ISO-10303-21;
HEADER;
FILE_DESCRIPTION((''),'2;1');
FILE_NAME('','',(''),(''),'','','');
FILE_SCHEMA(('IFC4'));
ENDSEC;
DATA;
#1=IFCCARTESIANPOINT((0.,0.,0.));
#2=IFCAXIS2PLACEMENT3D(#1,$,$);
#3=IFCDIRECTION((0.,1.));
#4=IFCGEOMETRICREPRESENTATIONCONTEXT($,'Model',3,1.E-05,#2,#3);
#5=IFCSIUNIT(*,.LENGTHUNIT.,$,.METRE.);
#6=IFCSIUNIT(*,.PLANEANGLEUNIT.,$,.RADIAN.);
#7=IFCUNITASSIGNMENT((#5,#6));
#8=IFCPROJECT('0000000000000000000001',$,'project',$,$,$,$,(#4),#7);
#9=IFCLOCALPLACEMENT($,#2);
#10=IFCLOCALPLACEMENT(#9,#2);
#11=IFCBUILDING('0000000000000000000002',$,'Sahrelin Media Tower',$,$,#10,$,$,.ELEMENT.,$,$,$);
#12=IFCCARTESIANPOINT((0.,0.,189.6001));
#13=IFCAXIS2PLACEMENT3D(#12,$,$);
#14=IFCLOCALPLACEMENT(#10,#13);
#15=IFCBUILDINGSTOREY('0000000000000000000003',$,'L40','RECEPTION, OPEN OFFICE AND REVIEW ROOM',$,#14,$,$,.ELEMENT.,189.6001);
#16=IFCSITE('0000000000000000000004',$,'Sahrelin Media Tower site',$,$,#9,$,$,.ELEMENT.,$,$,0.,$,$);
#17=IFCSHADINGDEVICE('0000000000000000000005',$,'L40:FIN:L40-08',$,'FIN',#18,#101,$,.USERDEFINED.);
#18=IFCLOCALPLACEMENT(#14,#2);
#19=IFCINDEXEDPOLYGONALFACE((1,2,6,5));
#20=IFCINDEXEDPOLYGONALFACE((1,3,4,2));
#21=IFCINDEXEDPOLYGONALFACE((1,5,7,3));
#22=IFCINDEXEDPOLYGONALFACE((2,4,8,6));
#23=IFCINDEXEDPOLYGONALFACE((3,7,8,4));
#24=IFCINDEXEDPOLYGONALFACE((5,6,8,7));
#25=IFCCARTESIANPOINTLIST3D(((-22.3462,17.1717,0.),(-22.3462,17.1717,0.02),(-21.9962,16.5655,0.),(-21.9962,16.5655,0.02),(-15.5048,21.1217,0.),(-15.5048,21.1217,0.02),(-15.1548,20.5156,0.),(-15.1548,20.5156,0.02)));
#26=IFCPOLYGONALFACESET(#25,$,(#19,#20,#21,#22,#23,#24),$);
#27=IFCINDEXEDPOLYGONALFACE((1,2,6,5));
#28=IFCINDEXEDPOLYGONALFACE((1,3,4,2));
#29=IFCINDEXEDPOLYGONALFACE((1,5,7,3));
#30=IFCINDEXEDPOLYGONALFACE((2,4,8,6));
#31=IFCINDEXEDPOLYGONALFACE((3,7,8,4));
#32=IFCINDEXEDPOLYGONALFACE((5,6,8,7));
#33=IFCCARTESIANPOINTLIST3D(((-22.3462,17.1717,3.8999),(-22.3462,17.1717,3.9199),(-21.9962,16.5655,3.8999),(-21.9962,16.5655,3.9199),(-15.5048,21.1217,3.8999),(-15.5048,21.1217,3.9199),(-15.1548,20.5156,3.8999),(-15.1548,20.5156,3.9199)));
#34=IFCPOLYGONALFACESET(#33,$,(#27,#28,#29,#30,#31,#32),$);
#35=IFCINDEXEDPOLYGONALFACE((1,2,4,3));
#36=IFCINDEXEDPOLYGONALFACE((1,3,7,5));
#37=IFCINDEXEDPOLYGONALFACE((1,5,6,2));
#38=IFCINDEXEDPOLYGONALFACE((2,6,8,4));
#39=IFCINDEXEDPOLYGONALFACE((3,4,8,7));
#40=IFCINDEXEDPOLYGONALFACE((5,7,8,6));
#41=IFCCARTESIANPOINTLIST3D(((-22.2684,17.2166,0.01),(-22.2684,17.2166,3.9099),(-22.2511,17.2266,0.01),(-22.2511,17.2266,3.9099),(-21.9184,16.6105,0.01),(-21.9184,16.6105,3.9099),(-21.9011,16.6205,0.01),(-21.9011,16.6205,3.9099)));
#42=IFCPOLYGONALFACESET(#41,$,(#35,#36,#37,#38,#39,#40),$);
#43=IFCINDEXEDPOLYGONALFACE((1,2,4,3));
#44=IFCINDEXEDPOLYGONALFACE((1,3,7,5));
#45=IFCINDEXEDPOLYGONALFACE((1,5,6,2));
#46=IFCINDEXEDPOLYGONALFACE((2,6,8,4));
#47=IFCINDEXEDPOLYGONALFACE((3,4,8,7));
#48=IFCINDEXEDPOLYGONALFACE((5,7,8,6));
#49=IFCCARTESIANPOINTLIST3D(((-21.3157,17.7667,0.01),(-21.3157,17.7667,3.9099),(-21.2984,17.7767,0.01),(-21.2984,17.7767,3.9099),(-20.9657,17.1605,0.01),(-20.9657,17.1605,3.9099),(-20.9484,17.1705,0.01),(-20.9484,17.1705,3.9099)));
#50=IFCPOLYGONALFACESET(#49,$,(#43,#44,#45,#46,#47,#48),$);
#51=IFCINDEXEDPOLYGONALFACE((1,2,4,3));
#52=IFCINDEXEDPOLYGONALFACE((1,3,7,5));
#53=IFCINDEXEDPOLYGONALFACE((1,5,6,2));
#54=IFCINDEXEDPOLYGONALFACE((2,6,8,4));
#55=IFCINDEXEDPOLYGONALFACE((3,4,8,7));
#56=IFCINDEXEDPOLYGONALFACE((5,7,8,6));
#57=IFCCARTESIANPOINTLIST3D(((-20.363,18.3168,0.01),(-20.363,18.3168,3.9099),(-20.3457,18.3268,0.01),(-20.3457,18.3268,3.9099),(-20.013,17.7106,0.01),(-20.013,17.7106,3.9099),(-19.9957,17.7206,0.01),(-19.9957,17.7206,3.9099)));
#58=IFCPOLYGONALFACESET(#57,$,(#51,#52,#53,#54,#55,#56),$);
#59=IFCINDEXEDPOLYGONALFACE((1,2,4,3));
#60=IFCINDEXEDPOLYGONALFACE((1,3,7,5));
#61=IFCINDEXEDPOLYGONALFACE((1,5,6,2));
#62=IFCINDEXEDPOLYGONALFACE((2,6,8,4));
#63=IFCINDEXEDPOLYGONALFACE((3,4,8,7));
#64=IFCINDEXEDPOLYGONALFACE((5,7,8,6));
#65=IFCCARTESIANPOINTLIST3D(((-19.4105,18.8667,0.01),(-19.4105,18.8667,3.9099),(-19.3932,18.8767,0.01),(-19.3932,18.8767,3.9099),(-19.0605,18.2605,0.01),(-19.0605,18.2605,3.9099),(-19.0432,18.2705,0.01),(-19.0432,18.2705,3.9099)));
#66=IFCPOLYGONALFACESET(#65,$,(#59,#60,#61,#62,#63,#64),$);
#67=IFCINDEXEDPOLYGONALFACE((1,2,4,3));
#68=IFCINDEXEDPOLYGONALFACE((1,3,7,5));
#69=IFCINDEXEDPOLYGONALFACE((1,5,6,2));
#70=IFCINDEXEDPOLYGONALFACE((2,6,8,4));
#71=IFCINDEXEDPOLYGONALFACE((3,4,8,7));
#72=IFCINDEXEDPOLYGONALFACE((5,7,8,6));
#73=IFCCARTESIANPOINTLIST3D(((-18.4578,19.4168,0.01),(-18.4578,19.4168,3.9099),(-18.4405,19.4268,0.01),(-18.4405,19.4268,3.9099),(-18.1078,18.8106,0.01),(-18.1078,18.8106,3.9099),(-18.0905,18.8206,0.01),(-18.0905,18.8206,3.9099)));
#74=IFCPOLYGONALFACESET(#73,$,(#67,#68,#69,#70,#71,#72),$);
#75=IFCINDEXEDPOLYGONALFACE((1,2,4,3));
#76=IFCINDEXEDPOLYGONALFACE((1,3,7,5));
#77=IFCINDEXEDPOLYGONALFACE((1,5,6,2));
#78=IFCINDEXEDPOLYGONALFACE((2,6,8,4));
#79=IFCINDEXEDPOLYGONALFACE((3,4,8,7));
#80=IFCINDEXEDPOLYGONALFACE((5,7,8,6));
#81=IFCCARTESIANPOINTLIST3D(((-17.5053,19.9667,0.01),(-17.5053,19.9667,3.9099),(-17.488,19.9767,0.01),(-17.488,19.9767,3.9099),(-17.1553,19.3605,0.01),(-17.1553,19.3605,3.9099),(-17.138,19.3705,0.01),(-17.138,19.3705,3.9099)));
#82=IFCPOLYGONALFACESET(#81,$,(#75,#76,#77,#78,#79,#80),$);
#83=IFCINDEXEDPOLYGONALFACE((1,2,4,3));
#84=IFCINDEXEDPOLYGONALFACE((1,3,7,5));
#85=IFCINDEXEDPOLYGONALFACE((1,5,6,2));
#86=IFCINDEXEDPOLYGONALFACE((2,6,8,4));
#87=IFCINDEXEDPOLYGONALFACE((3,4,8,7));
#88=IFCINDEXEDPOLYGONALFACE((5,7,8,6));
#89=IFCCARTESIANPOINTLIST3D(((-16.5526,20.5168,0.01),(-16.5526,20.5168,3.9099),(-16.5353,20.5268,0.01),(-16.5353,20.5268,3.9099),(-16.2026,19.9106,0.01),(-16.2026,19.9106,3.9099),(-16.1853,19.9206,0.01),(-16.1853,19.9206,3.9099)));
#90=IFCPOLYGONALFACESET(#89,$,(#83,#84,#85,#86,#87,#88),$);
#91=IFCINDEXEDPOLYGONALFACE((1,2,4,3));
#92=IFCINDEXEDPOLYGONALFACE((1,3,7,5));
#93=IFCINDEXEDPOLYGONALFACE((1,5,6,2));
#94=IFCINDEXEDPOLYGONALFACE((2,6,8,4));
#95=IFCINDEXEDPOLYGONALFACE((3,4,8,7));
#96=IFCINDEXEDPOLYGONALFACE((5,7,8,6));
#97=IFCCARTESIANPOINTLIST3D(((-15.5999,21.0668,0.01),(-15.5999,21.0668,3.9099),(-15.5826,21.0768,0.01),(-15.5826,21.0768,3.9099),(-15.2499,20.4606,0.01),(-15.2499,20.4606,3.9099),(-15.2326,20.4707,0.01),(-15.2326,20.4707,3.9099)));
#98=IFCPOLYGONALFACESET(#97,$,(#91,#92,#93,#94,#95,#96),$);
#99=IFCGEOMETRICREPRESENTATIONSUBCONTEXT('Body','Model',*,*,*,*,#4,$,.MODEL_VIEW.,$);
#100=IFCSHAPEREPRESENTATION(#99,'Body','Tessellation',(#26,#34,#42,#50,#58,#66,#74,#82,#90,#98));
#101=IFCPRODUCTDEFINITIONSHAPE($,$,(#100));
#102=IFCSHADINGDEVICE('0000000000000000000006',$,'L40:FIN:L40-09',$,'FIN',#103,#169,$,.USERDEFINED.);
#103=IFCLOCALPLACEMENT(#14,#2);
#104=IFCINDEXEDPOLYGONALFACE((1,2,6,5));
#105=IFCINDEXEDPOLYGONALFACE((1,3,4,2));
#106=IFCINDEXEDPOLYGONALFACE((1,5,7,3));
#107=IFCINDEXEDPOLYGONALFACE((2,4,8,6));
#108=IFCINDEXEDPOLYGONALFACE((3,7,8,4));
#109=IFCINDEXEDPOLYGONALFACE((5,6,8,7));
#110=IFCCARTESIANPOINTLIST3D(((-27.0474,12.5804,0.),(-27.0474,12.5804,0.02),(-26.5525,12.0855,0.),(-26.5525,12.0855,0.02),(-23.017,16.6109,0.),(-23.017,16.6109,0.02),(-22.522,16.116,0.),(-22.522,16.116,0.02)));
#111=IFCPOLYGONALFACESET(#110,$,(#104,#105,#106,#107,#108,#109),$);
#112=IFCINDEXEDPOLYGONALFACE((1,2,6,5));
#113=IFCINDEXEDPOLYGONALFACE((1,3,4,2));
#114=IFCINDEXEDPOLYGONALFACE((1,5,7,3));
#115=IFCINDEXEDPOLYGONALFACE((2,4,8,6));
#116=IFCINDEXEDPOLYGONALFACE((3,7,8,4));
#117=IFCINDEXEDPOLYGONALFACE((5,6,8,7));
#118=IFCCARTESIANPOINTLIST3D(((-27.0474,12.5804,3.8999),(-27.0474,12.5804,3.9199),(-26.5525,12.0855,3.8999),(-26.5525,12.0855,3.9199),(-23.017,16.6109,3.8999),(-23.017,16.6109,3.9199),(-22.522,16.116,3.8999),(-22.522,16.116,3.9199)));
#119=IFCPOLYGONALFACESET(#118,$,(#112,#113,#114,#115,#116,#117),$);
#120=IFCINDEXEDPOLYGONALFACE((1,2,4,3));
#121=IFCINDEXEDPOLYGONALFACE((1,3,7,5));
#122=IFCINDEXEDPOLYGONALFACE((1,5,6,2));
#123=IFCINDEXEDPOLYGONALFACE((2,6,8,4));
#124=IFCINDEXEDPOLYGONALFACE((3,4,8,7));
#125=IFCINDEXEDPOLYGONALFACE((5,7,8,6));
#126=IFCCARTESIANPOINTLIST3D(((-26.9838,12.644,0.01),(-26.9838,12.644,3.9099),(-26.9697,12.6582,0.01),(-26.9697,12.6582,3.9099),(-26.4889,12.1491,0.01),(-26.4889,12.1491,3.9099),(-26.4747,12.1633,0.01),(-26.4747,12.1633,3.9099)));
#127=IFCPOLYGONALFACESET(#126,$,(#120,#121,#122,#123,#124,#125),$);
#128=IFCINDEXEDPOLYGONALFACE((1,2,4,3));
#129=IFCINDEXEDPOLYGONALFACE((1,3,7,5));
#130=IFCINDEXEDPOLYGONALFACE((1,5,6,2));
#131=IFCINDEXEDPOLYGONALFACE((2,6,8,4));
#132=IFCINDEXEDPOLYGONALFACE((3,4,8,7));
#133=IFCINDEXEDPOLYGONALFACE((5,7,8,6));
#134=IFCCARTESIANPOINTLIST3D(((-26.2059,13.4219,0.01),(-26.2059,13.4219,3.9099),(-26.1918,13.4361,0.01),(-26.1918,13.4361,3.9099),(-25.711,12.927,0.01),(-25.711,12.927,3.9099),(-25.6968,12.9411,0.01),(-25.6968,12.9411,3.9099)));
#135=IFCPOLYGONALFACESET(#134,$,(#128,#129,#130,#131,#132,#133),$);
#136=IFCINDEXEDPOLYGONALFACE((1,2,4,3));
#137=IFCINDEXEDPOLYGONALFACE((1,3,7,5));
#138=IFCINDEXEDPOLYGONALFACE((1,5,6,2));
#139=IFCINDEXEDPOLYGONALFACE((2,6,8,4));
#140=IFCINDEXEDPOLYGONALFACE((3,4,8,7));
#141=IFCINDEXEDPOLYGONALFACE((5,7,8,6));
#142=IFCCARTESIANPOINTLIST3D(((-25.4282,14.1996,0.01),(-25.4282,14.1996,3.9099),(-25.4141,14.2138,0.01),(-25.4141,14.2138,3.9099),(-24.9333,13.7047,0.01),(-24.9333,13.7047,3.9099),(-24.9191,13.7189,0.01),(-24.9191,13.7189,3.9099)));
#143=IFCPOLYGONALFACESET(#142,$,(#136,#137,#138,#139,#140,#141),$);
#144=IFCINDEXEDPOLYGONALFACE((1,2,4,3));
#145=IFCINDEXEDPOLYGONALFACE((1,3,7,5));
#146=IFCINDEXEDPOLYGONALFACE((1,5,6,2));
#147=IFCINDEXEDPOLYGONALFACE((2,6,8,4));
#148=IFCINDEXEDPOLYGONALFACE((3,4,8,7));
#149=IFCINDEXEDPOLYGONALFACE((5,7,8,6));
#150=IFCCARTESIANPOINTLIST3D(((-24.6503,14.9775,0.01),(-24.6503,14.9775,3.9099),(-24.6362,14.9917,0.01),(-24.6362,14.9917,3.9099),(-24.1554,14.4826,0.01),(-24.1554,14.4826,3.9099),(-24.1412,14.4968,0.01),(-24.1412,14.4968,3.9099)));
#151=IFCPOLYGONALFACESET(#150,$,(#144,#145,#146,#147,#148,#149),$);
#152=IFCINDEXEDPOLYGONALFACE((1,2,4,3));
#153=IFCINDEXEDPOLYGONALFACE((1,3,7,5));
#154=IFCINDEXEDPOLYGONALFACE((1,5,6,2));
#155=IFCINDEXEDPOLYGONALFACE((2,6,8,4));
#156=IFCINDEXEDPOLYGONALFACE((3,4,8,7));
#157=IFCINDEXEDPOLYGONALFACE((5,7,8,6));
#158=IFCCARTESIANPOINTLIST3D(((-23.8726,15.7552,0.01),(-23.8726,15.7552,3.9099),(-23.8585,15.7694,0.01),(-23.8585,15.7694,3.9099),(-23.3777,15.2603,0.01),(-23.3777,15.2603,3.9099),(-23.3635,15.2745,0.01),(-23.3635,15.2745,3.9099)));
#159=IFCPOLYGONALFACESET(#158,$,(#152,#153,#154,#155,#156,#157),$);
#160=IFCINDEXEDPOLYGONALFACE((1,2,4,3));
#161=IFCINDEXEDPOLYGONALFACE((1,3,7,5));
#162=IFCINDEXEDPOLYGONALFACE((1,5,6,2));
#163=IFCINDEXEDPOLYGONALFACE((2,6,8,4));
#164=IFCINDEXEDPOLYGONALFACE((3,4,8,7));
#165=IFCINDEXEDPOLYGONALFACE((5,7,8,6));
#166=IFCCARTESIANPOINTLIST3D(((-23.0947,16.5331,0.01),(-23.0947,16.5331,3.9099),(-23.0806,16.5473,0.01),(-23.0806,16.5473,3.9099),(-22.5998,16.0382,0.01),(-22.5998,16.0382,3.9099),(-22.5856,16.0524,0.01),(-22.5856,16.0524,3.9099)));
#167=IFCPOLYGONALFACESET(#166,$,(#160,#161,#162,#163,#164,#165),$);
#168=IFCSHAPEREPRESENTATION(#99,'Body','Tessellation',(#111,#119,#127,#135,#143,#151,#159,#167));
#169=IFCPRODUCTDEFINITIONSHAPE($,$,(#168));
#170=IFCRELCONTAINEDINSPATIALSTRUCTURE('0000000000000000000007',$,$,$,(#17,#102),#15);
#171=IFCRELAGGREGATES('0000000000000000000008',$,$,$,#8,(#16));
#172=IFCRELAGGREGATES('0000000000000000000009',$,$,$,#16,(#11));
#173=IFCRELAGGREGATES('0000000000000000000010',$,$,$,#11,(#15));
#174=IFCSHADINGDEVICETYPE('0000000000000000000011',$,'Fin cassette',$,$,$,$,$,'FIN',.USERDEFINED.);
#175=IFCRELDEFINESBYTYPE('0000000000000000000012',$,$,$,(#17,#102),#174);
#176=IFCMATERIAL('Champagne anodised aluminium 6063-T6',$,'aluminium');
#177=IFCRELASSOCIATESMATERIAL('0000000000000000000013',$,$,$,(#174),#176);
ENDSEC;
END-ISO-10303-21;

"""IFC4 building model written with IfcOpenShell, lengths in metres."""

from ifc_helpers import new_model, si_unit, direction, frame, origin, origin_2d, place, context, subcontext, project, spatial, rectangle, extrude, material, type_object, element, save


model = new_model("IFC4")

# Units and contexts
model_context = context("Model", 3, precision=1e-05, world=origin(), true_north=direction((0.0, 1.0)))
body_context = subcontext(model_context, "Body", "Model", "MODEL_VIEW")
ifc_project = project(units=[si_unit("LENGTHUNIT", "METRE"), si_unit("PLANEANGLEUNIT", "RADIAN")], contexts=[model_context])

# Site, building, storey
site_placement = place(None, origin())
site = spatial("IfcSite", under=ifc_project, at=site_placement, Name="Sahrelin Media Tower site", CompositionType="ELEMENT", RefElevation=0.0)
building_placement = place(site_placement, origin())
building = spatial("IfcBuilding", under=site, at=building_placement, Name="Sahrelin Media Tower", CompositionType="ELEMENT")
storey_placement = place(building_placement, frame((0.0, 0.0, 189.6001)))
storey = spatial("IfcBuildingStorey", under=building, at=storey_placement, Name="L40", Description="RECEPTION, OPEN OFFICE AND REVIEW ROOM", CompositionType="ELEMENT", Elevation=189.6001)

# Shared definitions
ifc_material_1 = material(Name="Champagne anodised aluminium 6063-T6", Category="aluminium")

# Shading devices
shading_device_type_1 = type_object("IfcShadingDeviceType", Name="Fin cassette", ElementType="FIN", PredefinedType="USERDEFINED", material=ifc_material_1)
placement_1 = place(storey_placement, frame((-18.5405, 18.48, 0.0), z_axis=(0.0, 0.0, 1.0), x_axis=(0.866019, 0.500011, 0.0)))
element("IfcShadingDevice", 1, at=placement_1, inside=storey, type_object=shading_device_type_1, Name="L40:FIN:L40-08", ObjectType="FIN", PredefinedType="USERDEFINED", context=body_context, shape_type="SweptSolid", body=[
    extrude(rectangle(XDim=7.8999, YDim=0.7, at=origin_2d()), frame((0.0, 0.4199, 0.0)), (0.0, 0.0, 1.0), 0.02),
    extrude(rectangle(XDim=7.8999, YDim=0.7, at=origin_2d()), frame((0.0, 0.4199, 3.8999)), (0.0, 0.0, 1.0), 0.02),
    extrude(rectangle(XDim=0.02, YDim=0.7, at=origin_2d()), frame((-3.8501, 0.4199, 0.01), z_axis=(0.0, 0.0, 1.0), x_axis=(1.0, 0.0, 0.0)), (0.0, 0.0, 1.0), 3.8999),
    extrude(rectangle(XDim=0.02, YDim=0.7, at=origin_2d()), frame((-2.75, 0.4199, 0.01), z_axis=(0.0, 0.0, 1.0), x_axis=(1.0, 0.0, 0.0)), (0.0, 0.0, 1.0), 3.8999),
    extrude(rectangle(XDim=0.02, YDim=0.7, at=origin_2d()), frame((-1.6499, 0.4199, 0.01), z_axis=(0.0, 0.0, 1.0), x_axis=(1.0, 0.0, 0.0)), (0.0, 0.0, 1.0), 3.8999),
    extrude(rectangle(XDim=0.02, YDim=0.7, at=origin_2d()), frame((-0.55, 0.4199, 0.01), z_axis=(0.0, 0.0, 1.0), x_axis=(1.0, 0.0, 0.0)), (0.0, 0.0, 1.0), 3.8999),
    extrude(rectangle(XDim=0.02, YDim=0.7, at=origin_2d()), frame((0.55, 0.4199, 0.01), z_axis=(0.0, 0.0, 1.0), x_axis=(1.0, 0.0, 0.0)), (0.0, 0.0, 1.0), 3.8999),
    extrude(rectangle(XDim=0.02, YDim=0.7, at=origin_2d()), frame((1.6499, 0.4199, 0.01), z_axis=(0.0, 0.0, 1.0), x_axis=(1.0, 0.0, 0.0)), (0.0, 0.0, 1.0), 3.8999),
    extrude(rectangle(XDim=0.02, YDim=0.7, at=origin_2d()), frame((2.75, 0.4199, 0.01), z_axis=(0.0, 0.0, 1.0), x_axis=(1.0, 0.0, 0.0)), (0.0, 0.0, 1.0), 3.8999),
    extrude(rectangle(XDim=0.02, YDim=0.7, at=origin_2d()), frame((3.8501, 0.4199, 0.01), z_axis=(0.0, 0.0, 1.0), x_axis=(1.0, 0.0, 0.0)), (0.0, 0.0, 1.0), 3.8999),
])
placement_2 = place(storey_placement, frame((-24.4878, 14.0513, 0.0), z_axis=(0.0, 0.0, 1.0), x_axis=(0.707107, 0.707107, 0.0)))
element("IfcShadingDevice", 2, at=placement_2, inside=storey, type_object=shading_device_type_1, Name="L40:FIN:L40-09", ObjectType="FIN", PredefinedType="USERDEFINED", context=body_context, shape_type="SweptSolid", body=[
    extrude(rectangle(XDim=5.7, YDim=0.7, at=origin_2d()), frame((0.0, 0.4199, 0.0)), (0.0, 0.0, 1.0), 0.02),
    extrude(rectangle(XDim=5.7, YDim=0.7, at=origin_2d()), frame((0.0, 0.4199, 3.8999)), (0.0, 0.0, 1.0), 0.02),
    extrude(rectangle(XDim=0.02, YDim=0.7, at=origin_2d()), frame((-2.75, 0.4199, 0.01), z_axis=(0.0, 0.0, 1.0), x_axis=(1.0, 0.0, 0.0)), (0.0, 0.0, 1.0), 3.8999),
    extrude(rectangle(XDim=0.02, YDim=0.7, at=origin_2d()), frame((-1.6499, 0.4199, 0.01), z_axis=(0.0, 0.0, 1.0), x_axis=(1.0, 0.0, 0.0)), (0.0, 0.0, 1.0), 3.8999),
    extrude(rectangle(XDim=0.02, YDim=0.7, at=origin_2d()), frame((-0.55, 0.4199, 0.01), z_axis=(0.0, 0.0, 1.0), x_axis=(1.0, 0.0, 0.0)), (0.0, 0.0, 1.0), 3.8999),
    extrude(rectangle(XDim=0.02, YDim=0.7, at=origin_2d()), frame((0.55, 0.4199, 0.01), z_axis=(0.0, 0.0, 1.0), x_axis=(1.0, 0.0, 0.0)), (0.0, 0.0, 1.0), 3.8999),
    extrude(rectangle(XDim=0.02, YDim=0.7, at=origin_2d()), frame((1.6499, 0.4199, 0.01), z_axis=(0.0, 0.0, 1.0), x_axis=(1.0, 0.0, 0.0)), (0.0, 0.0, 1.0), 3.8999),
    extrude(rectangle(XDim=0.02, YDim=0.7, at=origin_2d()), frame((2.75, 0.4199, 0.01), z_axis=(0.0, 0.0, 1.0), x_axis=(1.0, 0.0, 0.0)), (0.0, 0.0, 1.0), 3.8999),
])

save(model, "model.ifc")
